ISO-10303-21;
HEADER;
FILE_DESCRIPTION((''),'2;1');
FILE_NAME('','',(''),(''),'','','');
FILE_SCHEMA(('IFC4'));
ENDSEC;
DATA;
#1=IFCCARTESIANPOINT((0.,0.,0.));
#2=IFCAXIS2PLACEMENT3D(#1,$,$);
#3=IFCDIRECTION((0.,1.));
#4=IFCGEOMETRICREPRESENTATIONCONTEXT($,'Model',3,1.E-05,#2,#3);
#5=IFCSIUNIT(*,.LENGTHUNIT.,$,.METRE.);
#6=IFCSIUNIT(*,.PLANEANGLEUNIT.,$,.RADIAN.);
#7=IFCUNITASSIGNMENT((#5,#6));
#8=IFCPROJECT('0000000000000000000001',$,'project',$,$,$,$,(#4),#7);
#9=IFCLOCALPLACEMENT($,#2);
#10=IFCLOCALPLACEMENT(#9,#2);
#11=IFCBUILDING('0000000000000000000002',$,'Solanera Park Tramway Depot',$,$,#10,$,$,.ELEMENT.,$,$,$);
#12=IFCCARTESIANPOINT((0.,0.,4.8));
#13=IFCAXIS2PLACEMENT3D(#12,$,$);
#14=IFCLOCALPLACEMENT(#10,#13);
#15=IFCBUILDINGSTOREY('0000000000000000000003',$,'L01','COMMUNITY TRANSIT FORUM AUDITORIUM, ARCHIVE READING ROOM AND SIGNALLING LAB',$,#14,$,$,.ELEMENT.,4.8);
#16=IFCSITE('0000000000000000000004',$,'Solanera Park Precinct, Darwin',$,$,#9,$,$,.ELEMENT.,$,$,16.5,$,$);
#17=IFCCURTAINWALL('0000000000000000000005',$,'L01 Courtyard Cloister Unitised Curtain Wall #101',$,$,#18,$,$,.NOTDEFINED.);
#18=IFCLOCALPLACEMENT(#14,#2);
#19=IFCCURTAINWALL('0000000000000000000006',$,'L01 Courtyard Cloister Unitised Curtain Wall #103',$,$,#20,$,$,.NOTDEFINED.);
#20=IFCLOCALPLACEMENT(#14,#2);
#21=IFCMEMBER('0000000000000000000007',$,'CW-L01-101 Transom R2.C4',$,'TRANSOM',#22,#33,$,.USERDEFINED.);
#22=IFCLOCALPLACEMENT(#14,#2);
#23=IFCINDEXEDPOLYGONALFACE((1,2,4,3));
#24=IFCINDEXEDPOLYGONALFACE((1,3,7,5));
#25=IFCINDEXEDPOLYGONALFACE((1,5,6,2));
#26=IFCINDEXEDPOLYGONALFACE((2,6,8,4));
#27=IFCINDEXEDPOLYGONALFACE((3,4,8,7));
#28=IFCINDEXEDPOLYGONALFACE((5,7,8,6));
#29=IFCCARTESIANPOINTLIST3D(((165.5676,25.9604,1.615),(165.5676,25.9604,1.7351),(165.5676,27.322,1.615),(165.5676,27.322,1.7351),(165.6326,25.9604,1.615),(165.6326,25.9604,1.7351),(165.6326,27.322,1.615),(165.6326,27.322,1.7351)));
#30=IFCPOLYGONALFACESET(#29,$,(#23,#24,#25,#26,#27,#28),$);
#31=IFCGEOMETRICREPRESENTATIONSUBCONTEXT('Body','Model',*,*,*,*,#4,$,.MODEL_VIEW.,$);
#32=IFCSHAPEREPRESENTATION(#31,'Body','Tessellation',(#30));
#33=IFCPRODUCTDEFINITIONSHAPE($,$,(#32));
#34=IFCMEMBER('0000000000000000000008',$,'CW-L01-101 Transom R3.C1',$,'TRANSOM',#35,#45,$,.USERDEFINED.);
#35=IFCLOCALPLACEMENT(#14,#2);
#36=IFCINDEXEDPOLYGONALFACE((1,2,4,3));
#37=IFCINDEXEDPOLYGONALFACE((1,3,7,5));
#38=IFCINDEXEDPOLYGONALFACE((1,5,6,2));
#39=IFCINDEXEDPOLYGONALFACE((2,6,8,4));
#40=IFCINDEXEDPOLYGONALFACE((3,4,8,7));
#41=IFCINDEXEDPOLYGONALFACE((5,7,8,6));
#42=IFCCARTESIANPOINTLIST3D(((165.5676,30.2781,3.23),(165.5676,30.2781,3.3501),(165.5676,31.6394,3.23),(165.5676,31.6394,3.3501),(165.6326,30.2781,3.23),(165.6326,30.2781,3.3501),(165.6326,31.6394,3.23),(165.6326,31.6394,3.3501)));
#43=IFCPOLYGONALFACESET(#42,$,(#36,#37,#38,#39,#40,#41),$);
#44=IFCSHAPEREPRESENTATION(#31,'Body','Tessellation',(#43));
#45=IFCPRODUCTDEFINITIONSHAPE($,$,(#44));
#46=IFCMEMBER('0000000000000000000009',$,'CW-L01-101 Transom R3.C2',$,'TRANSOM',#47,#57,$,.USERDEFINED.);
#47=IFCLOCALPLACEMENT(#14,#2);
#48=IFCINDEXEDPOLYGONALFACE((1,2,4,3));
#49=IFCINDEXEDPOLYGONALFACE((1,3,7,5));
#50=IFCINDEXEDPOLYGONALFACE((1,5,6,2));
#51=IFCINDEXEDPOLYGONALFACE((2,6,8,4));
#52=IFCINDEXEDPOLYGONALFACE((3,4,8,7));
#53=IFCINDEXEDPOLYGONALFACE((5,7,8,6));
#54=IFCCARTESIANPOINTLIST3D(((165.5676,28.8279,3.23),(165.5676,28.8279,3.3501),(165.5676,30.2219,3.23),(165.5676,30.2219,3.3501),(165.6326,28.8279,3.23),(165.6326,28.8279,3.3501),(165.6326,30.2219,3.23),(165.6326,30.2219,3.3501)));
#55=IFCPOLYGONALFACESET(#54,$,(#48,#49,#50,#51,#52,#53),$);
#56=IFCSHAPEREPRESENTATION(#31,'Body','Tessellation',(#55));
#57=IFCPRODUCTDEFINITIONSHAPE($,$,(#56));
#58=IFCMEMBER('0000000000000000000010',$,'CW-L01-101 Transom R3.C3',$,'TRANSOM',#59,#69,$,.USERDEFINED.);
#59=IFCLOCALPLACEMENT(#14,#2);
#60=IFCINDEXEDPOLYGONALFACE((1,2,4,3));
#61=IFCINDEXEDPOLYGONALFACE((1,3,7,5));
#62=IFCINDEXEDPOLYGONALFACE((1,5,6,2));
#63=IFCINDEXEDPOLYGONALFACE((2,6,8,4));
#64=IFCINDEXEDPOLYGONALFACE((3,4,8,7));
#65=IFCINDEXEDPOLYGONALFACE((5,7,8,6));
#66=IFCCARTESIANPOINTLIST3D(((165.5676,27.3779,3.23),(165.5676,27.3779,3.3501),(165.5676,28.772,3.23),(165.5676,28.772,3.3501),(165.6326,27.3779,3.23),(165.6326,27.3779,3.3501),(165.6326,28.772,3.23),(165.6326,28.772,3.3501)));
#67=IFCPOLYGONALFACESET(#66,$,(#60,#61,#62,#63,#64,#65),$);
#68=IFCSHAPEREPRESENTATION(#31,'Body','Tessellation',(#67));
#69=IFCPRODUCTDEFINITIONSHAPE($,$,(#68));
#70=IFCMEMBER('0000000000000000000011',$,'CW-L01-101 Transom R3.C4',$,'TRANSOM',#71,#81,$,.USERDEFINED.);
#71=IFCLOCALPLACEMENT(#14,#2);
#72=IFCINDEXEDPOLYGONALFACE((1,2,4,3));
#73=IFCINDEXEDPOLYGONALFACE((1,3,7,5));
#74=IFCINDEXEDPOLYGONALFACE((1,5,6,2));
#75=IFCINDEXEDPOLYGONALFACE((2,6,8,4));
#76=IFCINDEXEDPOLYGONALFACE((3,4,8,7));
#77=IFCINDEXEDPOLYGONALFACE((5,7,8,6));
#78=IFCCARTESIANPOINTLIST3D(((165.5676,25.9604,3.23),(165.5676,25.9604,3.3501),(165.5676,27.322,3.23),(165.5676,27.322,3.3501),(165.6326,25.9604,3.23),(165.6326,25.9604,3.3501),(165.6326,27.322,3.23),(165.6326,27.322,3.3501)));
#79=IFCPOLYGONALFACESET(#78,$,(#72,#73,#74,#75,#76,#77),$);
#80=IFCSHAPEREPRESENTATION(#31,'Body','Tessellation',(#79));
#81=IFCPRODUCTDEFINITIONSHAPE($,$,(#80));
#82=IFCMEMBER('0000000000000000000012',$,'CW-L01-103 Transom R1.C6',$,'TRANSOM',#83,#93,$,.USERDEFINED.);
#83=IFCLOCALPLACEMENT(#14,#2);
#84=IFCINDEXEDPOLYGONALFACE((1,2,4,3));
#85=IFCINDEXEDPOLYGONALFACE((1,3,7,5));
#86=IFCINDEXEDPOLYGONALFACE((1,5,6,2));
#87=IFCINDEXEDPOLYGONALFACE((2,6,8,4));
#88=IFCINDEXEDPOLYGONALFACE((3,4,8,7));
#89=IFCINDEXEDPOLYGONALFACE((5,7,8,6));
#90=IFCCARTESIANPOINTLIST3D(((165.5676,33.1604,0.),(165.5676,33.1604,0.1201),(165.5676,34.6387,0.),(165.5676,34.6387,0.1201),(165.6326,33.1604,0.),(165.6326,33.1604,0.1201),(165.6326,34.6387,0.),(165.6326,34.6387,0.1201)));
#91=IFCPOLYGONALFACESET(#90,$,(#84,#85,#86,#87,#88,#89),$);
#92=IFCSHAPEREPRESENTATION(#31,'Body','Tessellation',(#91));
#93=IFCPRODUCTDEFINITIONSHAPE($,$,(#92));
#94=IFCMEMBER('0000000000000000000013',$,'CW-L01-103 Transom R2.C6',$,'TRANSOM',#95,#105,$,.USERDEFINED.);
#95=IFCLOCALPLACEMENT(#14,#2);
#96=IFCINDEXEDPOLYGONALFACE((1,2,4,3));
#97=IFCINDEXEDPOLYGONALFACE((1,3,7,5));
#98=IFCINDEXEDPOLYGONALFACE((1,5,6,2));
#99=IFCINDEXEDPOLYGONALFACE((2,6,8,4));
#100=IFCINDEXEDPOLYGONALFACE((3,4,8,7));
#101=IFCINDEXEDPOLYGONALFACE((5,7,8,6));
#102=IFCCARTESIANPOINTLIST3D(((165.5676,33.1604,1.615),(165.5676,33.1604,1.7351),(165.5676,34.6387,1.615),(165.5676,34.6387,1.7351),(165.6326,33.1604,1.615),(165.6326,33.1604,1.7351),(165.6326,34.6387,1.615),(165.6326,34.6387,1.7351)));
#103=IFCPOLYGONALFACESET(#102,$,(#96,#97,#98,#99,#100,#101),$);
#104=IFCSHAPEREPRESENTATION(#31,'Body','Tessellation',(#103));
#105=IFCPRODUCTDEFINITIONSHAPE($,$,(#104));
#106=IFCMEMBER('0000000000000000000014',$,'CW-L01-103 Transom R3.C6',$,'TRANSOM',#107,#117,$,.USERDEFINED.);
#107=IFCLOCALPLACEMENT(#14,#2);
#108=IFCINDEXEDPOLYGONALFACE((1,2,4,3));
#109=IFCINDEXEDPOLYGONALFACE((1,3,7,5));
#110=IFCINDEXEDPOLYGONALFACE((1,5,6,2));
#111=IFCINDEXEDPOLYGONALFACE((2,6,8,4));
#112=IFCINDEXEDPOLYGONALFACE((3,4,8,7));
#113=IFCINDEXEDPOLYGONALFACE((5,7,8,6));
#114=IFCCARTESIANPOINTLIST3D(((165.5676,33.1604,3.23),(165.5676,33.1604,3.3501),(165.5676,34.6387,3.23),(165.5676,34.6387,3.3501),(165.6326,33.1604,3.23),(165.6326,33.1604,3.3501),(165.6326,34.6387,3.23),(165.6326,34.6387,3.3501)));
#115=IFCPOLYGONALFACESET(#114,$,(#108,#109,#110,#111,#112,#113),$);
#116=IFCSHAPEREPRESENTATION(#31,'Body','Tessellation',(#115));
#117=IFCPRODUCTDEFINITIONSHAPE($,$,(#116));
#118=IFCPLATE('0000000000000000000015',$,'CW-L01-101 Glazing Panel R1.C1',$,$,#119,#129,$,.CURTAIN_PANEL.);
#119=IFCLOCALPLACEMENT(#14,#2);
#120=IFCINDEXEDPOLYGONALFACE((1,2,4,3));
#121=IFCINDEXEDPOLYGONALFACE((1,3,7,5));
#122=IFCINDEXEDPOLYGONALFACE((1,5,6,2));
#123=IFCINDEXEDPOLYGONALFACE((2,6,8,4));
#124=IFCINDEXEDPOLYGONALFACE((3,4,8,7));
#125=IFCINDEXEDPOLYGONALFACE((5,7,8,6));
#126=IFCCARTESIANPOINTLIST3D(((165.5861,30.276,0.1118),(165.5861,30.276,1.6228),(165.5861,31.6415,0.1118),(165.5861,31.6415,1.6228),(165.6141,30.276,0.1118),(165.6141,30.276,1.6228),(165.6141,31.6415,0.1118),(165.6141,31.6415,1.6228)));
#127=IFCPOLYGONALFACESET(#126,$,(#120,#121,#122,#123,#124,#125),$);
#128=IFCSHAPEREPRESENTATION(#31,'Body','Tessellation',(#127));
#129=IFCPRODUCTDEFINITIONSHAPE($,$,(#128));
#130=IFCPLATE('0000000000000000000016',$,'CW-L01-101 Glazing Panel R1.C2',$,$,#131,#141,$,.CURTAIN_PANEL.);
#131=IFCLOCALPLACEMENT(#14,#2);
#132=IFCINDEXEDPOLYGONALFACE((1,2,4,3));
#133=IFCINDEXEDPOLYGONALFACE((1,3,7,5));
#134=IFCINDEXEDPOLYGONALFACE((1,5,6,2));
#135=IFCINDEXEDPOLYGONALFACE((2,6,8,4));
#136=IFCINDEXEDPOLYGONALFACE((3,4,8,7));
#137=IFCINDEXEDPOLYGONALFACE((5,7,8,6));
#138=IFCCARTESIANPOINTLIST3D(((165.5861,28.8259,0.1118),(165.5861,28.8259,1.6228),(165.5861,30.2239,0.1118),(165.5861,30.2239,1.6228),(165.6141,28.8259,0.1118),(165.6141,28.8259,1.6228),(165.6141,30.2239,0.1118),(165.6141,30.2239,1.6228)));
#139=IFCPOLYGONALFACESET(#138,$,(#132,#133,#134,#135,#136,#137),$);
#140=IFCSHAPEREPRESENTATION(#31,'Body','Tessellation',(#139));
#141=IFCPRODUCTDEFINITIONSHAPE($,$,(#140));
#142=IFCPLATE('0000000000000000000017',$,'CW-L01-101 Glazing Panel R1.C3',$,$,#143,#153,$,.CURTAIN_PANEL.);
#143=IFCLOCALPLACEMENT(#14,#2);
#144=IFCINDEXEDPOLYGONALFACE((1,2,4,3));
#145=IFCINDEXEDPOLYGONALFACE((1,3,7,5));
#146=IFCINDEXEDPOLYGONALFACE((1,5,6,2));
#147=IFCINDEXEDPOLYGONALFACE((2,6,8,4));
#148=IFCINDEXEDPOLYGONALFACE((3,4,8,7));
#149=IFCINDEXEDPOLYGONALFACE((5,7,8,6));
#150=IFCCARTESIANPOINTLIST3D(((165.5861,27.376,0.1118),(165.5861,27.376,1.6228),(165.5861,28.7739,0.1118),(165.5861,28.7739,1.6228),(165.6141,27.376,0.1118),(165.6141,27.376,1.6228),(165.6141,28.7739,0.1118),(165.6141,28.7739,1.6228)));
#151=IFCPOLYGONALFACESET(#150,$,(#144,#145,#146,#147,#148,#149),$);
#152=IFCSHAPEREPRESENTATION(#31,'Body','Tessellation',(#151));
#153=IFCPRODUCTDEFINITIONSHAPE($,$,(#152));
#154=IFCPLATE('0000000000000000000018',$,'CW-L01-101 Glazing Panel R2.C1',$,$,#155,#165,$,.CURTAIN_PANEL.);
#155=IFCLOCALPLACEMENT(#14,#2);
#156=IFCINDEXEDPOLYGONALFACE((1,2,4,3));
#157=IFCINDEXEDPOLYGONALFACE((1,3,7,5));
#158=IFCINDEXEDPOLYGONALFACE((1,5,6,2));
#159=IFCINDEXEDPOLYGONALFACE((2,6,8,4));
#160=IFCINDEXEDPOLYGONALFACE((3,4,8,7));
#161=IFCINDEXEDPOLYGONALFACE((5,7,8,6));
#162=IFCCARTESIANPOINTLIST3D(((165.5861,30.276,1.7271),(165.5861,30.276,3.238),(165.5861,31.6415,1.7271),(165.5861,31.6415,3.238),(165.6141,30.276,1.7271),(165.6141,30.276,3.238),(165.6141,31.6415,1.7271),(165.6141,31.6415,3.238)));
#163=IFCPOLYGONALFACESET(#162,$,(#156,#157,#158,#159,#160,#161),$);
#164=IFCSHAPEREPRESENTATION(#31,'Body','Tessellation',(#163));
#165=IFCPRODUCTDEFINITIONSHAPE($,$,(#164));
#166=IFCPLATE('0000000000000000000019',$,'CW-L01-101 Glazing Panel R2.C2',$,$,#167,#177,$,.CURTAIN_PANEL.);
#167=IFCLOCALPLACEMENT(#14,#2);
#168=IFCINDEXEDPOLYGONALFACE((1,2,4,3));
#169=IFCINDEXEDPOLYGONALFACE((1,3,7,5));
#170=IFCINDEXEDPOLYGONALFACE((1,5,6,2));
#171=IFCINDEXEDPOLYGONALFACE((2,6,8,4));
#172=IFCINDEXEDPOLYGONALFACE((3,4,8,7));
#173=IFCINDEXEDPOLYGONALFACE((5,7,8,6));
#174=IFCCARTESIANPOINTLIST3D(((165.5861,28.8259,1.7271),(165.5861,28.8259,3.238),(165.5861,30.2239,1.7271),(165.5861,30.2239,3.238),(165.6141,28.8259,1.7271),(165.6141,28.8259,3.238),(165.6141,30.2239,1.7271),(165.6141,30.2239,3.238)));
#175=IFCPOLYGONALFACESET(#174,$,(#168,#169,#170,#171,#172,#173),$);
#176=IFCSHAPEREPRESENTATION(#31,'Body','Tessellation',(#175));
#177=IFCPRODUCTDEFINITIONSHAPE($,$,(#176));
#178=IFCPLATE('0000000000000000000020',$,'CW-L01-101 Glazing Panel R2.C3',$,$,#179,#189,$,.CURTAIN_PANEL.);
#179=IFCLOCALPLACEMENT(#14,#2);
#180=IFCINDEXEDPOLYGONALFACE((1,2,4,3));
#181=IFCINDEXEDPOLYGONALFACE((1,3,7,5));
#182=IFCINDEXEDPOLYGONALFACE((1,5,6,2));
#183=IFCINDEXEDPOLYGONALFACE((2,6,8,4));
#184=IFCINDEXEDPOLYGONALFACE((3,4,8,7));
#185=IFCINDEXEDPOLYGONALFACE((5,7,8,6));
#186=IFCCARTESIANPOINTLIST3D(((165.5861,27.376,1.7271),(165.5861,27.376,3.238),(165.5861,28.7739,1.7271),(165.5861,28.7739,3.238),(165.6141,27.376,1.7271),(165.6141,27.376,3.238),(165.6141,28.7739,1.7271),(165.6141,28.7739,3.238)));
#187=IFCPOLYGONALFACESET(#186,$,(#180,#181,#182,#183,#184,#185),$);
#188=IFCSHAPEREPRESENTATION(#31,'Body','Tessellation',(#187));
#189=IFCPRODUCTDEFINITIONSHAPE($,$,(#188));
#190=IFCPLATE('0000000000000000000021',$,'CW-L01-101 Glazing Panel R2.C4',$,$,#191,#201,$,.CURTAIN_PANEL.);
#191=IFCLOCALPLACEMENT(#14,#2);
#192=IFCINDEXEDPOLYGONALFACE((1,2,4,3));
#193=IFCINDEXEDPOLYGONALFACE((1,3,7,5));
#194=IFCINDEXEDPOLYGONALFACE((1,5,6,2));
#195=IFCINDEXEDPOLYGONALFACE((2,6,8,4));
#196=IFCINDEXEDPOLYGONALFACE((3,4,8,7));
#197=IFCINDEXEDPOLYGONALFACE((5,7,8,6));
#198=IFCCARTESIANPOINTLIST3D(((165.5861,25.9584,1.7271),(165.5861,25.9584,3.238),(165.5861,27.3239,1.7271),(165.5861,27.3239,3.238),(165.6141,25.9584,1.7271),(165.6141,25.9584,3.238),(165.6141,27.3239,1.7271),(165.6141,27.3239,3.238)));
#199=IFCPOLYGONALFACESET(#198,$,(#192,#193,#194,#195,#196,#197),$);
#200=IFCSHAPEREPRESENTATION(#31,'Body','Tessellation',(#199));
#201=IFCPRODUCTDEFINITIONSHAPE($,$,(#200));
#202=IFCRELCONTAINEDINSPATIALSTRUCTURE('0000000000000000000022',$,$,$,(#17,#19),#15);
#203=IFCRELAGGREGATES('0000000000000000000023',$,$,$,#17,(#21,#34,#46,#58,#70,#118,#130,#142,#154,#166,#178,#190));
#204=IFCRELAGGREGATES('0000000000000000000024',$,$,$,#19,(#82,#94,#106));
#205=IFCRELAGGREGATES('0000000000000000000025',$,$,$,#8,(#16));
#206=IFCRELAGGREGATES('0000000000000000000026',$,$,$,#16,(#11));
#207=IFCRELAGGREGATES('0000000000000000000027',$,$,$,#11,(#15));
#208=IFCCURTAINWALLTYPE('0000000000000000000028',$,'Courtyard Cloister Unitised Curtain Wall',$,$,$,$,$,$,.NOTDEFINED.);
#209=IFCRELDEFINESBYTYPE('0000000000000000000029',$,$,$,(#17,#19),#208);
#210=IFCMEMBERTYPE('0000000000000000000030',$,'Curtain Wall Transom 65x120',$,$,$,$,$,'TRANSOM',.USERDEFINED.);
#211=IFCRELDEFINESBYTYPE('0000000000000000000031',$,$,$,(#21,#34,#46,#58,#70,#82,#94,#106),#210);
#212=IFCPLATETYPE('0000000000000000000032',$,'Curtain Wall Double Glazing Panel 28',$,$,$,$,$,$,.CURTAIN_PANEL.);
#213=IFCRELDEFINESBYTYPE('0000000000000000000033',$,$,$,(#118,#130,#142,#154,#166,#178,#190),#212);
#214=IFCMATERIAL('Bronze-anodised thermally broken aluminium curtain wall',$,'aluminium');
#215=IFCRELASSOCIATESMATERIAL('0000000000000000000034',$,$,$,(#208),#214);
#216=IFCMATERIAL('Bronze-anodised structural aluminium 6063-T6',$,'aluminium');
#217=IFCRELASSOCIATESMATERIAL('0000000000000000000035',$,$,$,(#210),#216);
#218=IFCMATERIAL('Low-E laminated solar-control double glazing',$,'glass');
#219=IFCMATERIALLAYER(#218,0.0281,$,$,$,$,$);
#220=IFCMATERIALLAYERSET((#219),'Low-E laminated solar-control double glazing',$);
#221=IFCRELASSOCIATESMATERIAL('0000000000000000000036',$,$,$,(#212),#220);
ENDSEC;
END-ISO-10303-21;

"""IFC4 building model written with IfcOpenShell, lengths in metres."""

from ifc_helpers import new_model, si_unit, direction, frame, origin, origin_2d, place, context, subcontext, project, spatial, rectangle, extrude, material, layer, layer_set, material_profile, profile_set, type_object, element, aggregate, save


model = new_model("IFC4")

# Units and contexts
model_context = context("Model", 3, precision=1e-05, world=origin(), true_north=direction((0.0, 1.0)))
body_context = subcontext(model_context, "Body", "Model", "MODEL_VIEW")
ifc_project = project(units=[si_unit("LENGTHUNIT", "METRE"), si_unit("PLANEANGLEUNIT", "RADIAN")], contexts=[model_context])

# Site, building, storey
site_placement = place(None, origin())
site = spatial("IfcSite", under=ifc_project, at=site_placement, Name="Solanera Park Precinct, Darwin", CompositionType="ELEMENT", RefElevation=16.5)
building_placement = place(site_placement, origin())
building = spatial("IfcBuilding", under=site, at=building_placement, Name="Solanera Park Tramway Depot", CompositionType="ELEMENT")
storey_placement = place(building_placement, frame((0.0, 0.0, 4.8)))
storey = spatial("IfcBuildingStorey", under=building, at=storey_placement, Name="L01", Description="COMMUNITY TRANSIT FORUM AUDITORIUM, ARCHIVE READING ROOM AND SIGNALLING LAB", CompositionType="ELEMENT", Elevation=4.8)

# Curtain walls
ifc_material_1 = material(Name="Bronze-anodised thermally broken aluminium curtain wall", Category="aluminium")
curtain_wall_type = type_object("IfcCurtainWallType", Name="Courtyard Cloister Unitised Curtain Wall", PredefinedType="NOTDEFINED", material=ifc_material_1)
curtain_wall_1_placement = place(storey_placement, origin())
curtain_wall_1 = element("IfcCurtainWall", 1, at=curtain_wall_1_placement, inside=storey, type_object=curtain_wall_type, Name="L01 Courtyard Cloister Unitised Curtain Wall #101", PredefinedType="NOTDEFINED")
curtain_wall_2_placement = place(storey_placement, origin())
curtain_wall_2 = element("IfcCurtainWall", 2, at=curtain_wall_2_placement, inside=storey, type_object=curtain_wall_type, Name="L01 Courtyard Cloister Unitised Curtain Wall #103", PredefinedType="NOTDEFINED")

# Members
ifc_material_2 = material(Name="Bronze-anodised structural aluminium 6063-T6", Category="aluminium")
ifc_material_profile_1 = material_profile(ifc_material_2, rectangle(XDim=0.0649, YDim=0.1201, at=origin_2d()), Name="Curtain Wall Transom 65x120")
ifc_profile_set_1 = profile_set([ifc_material_profile_1], Name="Bronze-anodised structural aluminium 6063-T6")
member_type_1 = type_object("IfcMemberType", Name="Curtain Wall Transom 65x120", ElementType="TRANSOM", PredefinedType="USERDEFINED", material=ifc_profile_set_1)
member_1_placement = place(storey_placement, frame((165.6001, 27.322, 1.675), z_axis=(0.0, -1.0, 0.0), x_axis=(1.0, 0.0, 0.0)))
member_1 = element("IfcMember", 3, at=member_1_placement, type_object=member_type_1, Name="CW-L01-101 Transom R2.C4", ObjectType="TRANSOM", PredefinedType="USERDEFINED", context=body_context, shape_type="SweptSolid", body=[
    extrude(rectangle(XDim=0.0649, YDim=0.1201, at=origin_2d()), origin(), (0.0, 0.0, 1.0), 1.3616),
])
member_2_placement = place(storey_placement, frame((165.6001, 31.6394, 3.29), z_axis=(0.0, -1.0, 0.0), x_axis=(1.0, 0.0, 0.0)))
member_2 = element("IfcMember", 4, at=member_2_placement, type_object=member_type_1, Name="CW-L01-101 Transom R3.C1", ObjectType="TRANSOM", PredefinedType="USERDEFINED", context=body_context, shape_type="SweptSolid", body=[
    extrude(rectangle(XDim=0.0649, YDim=0.1201, at=origin_2d()), origin(), (0.0, 0.0, 1.0), 1.3613),
])
member_3_placement = place(storey_placement, frame((165.6001, 30.2219, 3.29), z_axis=(0.0, -1.0, 0.0), x_axis=(1.0, 0.0, 0.0)))
member_3 = element("IfcMember", 5, at=member_3_placement, type_object=member_type_1, Name="CW-L01-101 Transom R3.C2", ObjectType="TRANSOM", PredefinedType="USERDEFINED", context=body_context, shape_type="SweptSolid", body=[
    extrude(rectangle(XDim=0.0649, YDim=0.1201, at=origin_2d()), origin(), (0.0, 0.0, 1.0), 1.394),
])
member_4_placement = place(storey_placement, frame((165.6001, 28.772, 3.29), z_axis=(0.0, -1.0, 0.0), x_axis=(1.0, 0.0, 0.0)))
member_4 = element("IfcMember", 6, at=member_4_placement, type_object=member_type_1, Name="CW-L01-101 Transom R3.C3", ObjectType="TRANSOM", PredefinedType="USERDEFINED", context=body_context, shape_type="SweptSolid", body=[
    extrude(rectangle(XDim=0.0649, YDim=0.1201, at=origin_2d()), origin(), (0.0, 0.0, 1.0), 1.394),
])
member_5_placement = place(storey_placement, frame((165.6001, 27.322, 3.29), z_axis=(0.0, -1.0, 0.0), x_axis=(1.0, 0.0, 0.0)))
member_5 = element("IfcMember", 7, at=member_5_placement, type_object=member_type_1, Name="CW-L01-101 Transom R3.C4", ObjectType="TRANSOM", PredefinedType="USERDEFINED", context=body_context, shape_type="SweptSolid", body=[
    extrude(rectangle(XDim=0.0649, YDim=0.1201, at=origin_2d()), origin(), (0.0, 0.0, 1.0), 1.3616),
])
member_6_placement = place(storey_placement, frame((165.6001, 34.6387, 0.0601), z_axis=(0.0, -1.0, 0.0), x_axis=(1.0, 0.0, 0.0)))
member_6 = element("IfcMember", 8, at=member_6_placement, type_object=member_type_1, Name="CW-L01-103 Transom R1.C6", ObjectType="TRANSOM", PredefinedType="USERDEFINED", context=body_context, shape_type="SweptSolid", body=[
    extrude(rectangle(XDim=0.0649, YDim=0.1201, at=origin_2d()), origin(), (0.0, 0.0, 1.0), 1.4783),
])
member_7_placement = place(storey_placement, frame((165.6001, 34.6387, 1.675), z_axis=(0.0, -1.0, 0.0), x_axis=(1.0, 0.0, 0.0)))
member_7 = element("IfcMember", 9, at=member_7_placement, type_object=member_type_1, Name="CW-L01-103 Transom R2.C6", ObjectType="TRANSOM", PredefinedType="USERDEFINED", context=body_context, shape_type="SweptSolid", body=[
    extrude(rectangle(XDim=0.0649, YDim=0.1201, at=origin_2d()), origin(), (0.0, 0.0, 1.0), 1.4783),
])
member_8_placement = place(storey_placement, frame((165.6001, 34.6387, 3.29), z_axis=(0.0, -1.0, 0.0), x_axis=(1.0, 0.0, 0.0)))
member_8 = element("IfcMember", 10, at=member_8_placement, type_object=member_type_1, Name="CW-L01-103 Transom R3.C6", ObjectType="TRANSOM", PredefinedType="USERDEFINED", context=body_context, shape_type="SweptSolid", body=[
    extrude(rectangle(XDim=0.0649, YDim=0.1201, at=origin_2d()), origin(), (0.0, 0.0, 1.0), 1.4783),
])

# Plates
ifc_material_3 = material(Name="Low-E laminated solar-control double glazing", Category="glass")
ifc_layer = layer(ifc_material_3, 0.0281)
ifc_layer_set = layer_set([ifc_layer], Name="Low-E laminated solar-control double glazing")
plate_type = type_object("IfcPlateType", Name="Curtain Wall Double Glazing Panel 28", PredefinedType="CURTAIN_PANEL", material=ifc_layer_set)
plate_1_placement = place(storey_placement, frame((165.6001, 30.9587, 0.1118), z_axis=(0.0, 0.0, 1.0), x_axis=(0.0, -1.0, 0.0)))
plate_1 = element("IfcPlate", 11, at=plate_1_placement, type_object=plate_type, Name="CW-L01-101 Glazing Panel R1.C1", PredefinedType="CURTAIN_PANEL", context=body_context, shape_type="SweptSolid", body=[
    extrude(rectangle(XDim=1.3655, YDim=0.0281, at=origin_2d()), origin(), (0.0, 0.0, 1.0), 1.511),
])
plate_2_placement = place(storey_placement, frame((165.6001, 29.5249, 0.1118), z_axis=(0.0, 0.0, 1.0), x_axis=(0.0, -1.0, 0.0)))
plate_2 = element("IfcPlate", 12, at=plate_2_placement, type_object=plate_type, Name="CW-L01-101 Glazing Panel R1.C2", PredefinedType="CURTAIN_PANEL", context=body_context, shape_type="SweptSolid", body=[
    extrude(rectangle(XDim=1.3979, YDim=0.0281, at=origin_2d()), origin(), (0.0, 0.0, 1.0), 1.511),
])
plate_3_placement = place(storey_placement, frame((165.6001, 28.075, 0.1118), z_axis=(0.0, 0.0, 1.0), x_axis=(0.0, -1.0, 0.0)))
plate_3 = element("IfcPlate", 13, at=plate_3_placement, type_object=plate_type, Name="CW-L01-101 Glazing Panel R1.C3", PredefinedType="CURTAIN_PANEL", context=body_context, shape_type="SweptSolid", body=[
    extrude(rectangle(XDim=1.3979, YDim=0.0281, at=origin_2d()), origin(), (0.0, 0.0, 1.0), 1.511),
])
plate_4_placement = place(storey_placement, frame((165.6001, 30.9587, 1.7271), z_axis=(0.0, 0.0, 1.0), x_axis=(0.0, -1.0, 0.0)))
plate_4 = element("IfcPlate", 14, at=plate_4_placement, type_object=plate_type, Name="CW-L01-101 Glazing Panel R2.C1", PredefinedType="CURTAIN_PANEL", context=body_context, shape_type="SweptSolid", body=[
    extrude(rectangle(XDim=1.3655, YDim=0.0281, at=origin_2d()), origin(), (0.0, 0.0, 1.0), 1.511),
])
plate_5_placement = place(storey_placement, frame((165.6001, 29.5249, 1.7271), z_axis=(0.0, 0.0, 1.0), x_axis=(0.0, -1.0, 0.0)))
plate_5 = element("IfcPlate", 15, at=plate_5_placement, type_object=plate_type, Name="CW-L01-101 Glazing Panel R2.C2", PredefinedType="CURTAIN_PANEL", context=body_context, shape_type="SweptSolid", body=[
    extrude(rectangle(XDim=1.3979, YDim=0.0281, at=origin_2d()), origin(), (0.0, 0.0, 1.0), 1.511),
])
plate_6_placement = place(storey_placement, frame((165.6001, 28.075, 1.7271), z_axis=(0.0, 0.0, 1.0), x_axis=(0.0, -1.0, 0.0)))
plate_6 = element("IfcPlate", 16, at=plate_6_placement, type_object=plate_type, Name="CW-L01-101 Glazing Panel R2.C3", PredefinedType="CURTAIN_PANEL", context=body_context, shape_type="SweptSolid", body=[
    extrude(rectangle(XDim=1.3979, YDim=0.0281, at=origin_2d()), origin(), (0.0, 0.0, 1.0), 1.511),
])
plate_7_placement = place(storey_placement, frame((165.6001, 26.6411, 1.7271), z_axis=(0.0, 0.0, 1.0), x_axis=(0.0, -1.0, 0.0)))
plate_7 = element("IfcPlate", 17, at=plate_7_placement, type_object=plate_type, Name="CW-L01-101 Glazing Panel R2.C4", PredefinedType="CURTAIN_PANEL", context=body_context, shape_type="SweptSolid", body=[
    extrude(rectangle(XDim=1.3655, YDim=0.0281, at=origin_2d()), origin(), (0.0, 0.0, 1.0), 1.511),
])
aggregate(curtain_wall_1, [member_1, member_2, member_3, member_4, member_5, plate_1, plate_2, plate_3, plate_4, plate_5, plate_6, plate_7])
aggregate(curtain_wall_2, [member_6, member_7, member_8])

save(model, "model.ifc")
